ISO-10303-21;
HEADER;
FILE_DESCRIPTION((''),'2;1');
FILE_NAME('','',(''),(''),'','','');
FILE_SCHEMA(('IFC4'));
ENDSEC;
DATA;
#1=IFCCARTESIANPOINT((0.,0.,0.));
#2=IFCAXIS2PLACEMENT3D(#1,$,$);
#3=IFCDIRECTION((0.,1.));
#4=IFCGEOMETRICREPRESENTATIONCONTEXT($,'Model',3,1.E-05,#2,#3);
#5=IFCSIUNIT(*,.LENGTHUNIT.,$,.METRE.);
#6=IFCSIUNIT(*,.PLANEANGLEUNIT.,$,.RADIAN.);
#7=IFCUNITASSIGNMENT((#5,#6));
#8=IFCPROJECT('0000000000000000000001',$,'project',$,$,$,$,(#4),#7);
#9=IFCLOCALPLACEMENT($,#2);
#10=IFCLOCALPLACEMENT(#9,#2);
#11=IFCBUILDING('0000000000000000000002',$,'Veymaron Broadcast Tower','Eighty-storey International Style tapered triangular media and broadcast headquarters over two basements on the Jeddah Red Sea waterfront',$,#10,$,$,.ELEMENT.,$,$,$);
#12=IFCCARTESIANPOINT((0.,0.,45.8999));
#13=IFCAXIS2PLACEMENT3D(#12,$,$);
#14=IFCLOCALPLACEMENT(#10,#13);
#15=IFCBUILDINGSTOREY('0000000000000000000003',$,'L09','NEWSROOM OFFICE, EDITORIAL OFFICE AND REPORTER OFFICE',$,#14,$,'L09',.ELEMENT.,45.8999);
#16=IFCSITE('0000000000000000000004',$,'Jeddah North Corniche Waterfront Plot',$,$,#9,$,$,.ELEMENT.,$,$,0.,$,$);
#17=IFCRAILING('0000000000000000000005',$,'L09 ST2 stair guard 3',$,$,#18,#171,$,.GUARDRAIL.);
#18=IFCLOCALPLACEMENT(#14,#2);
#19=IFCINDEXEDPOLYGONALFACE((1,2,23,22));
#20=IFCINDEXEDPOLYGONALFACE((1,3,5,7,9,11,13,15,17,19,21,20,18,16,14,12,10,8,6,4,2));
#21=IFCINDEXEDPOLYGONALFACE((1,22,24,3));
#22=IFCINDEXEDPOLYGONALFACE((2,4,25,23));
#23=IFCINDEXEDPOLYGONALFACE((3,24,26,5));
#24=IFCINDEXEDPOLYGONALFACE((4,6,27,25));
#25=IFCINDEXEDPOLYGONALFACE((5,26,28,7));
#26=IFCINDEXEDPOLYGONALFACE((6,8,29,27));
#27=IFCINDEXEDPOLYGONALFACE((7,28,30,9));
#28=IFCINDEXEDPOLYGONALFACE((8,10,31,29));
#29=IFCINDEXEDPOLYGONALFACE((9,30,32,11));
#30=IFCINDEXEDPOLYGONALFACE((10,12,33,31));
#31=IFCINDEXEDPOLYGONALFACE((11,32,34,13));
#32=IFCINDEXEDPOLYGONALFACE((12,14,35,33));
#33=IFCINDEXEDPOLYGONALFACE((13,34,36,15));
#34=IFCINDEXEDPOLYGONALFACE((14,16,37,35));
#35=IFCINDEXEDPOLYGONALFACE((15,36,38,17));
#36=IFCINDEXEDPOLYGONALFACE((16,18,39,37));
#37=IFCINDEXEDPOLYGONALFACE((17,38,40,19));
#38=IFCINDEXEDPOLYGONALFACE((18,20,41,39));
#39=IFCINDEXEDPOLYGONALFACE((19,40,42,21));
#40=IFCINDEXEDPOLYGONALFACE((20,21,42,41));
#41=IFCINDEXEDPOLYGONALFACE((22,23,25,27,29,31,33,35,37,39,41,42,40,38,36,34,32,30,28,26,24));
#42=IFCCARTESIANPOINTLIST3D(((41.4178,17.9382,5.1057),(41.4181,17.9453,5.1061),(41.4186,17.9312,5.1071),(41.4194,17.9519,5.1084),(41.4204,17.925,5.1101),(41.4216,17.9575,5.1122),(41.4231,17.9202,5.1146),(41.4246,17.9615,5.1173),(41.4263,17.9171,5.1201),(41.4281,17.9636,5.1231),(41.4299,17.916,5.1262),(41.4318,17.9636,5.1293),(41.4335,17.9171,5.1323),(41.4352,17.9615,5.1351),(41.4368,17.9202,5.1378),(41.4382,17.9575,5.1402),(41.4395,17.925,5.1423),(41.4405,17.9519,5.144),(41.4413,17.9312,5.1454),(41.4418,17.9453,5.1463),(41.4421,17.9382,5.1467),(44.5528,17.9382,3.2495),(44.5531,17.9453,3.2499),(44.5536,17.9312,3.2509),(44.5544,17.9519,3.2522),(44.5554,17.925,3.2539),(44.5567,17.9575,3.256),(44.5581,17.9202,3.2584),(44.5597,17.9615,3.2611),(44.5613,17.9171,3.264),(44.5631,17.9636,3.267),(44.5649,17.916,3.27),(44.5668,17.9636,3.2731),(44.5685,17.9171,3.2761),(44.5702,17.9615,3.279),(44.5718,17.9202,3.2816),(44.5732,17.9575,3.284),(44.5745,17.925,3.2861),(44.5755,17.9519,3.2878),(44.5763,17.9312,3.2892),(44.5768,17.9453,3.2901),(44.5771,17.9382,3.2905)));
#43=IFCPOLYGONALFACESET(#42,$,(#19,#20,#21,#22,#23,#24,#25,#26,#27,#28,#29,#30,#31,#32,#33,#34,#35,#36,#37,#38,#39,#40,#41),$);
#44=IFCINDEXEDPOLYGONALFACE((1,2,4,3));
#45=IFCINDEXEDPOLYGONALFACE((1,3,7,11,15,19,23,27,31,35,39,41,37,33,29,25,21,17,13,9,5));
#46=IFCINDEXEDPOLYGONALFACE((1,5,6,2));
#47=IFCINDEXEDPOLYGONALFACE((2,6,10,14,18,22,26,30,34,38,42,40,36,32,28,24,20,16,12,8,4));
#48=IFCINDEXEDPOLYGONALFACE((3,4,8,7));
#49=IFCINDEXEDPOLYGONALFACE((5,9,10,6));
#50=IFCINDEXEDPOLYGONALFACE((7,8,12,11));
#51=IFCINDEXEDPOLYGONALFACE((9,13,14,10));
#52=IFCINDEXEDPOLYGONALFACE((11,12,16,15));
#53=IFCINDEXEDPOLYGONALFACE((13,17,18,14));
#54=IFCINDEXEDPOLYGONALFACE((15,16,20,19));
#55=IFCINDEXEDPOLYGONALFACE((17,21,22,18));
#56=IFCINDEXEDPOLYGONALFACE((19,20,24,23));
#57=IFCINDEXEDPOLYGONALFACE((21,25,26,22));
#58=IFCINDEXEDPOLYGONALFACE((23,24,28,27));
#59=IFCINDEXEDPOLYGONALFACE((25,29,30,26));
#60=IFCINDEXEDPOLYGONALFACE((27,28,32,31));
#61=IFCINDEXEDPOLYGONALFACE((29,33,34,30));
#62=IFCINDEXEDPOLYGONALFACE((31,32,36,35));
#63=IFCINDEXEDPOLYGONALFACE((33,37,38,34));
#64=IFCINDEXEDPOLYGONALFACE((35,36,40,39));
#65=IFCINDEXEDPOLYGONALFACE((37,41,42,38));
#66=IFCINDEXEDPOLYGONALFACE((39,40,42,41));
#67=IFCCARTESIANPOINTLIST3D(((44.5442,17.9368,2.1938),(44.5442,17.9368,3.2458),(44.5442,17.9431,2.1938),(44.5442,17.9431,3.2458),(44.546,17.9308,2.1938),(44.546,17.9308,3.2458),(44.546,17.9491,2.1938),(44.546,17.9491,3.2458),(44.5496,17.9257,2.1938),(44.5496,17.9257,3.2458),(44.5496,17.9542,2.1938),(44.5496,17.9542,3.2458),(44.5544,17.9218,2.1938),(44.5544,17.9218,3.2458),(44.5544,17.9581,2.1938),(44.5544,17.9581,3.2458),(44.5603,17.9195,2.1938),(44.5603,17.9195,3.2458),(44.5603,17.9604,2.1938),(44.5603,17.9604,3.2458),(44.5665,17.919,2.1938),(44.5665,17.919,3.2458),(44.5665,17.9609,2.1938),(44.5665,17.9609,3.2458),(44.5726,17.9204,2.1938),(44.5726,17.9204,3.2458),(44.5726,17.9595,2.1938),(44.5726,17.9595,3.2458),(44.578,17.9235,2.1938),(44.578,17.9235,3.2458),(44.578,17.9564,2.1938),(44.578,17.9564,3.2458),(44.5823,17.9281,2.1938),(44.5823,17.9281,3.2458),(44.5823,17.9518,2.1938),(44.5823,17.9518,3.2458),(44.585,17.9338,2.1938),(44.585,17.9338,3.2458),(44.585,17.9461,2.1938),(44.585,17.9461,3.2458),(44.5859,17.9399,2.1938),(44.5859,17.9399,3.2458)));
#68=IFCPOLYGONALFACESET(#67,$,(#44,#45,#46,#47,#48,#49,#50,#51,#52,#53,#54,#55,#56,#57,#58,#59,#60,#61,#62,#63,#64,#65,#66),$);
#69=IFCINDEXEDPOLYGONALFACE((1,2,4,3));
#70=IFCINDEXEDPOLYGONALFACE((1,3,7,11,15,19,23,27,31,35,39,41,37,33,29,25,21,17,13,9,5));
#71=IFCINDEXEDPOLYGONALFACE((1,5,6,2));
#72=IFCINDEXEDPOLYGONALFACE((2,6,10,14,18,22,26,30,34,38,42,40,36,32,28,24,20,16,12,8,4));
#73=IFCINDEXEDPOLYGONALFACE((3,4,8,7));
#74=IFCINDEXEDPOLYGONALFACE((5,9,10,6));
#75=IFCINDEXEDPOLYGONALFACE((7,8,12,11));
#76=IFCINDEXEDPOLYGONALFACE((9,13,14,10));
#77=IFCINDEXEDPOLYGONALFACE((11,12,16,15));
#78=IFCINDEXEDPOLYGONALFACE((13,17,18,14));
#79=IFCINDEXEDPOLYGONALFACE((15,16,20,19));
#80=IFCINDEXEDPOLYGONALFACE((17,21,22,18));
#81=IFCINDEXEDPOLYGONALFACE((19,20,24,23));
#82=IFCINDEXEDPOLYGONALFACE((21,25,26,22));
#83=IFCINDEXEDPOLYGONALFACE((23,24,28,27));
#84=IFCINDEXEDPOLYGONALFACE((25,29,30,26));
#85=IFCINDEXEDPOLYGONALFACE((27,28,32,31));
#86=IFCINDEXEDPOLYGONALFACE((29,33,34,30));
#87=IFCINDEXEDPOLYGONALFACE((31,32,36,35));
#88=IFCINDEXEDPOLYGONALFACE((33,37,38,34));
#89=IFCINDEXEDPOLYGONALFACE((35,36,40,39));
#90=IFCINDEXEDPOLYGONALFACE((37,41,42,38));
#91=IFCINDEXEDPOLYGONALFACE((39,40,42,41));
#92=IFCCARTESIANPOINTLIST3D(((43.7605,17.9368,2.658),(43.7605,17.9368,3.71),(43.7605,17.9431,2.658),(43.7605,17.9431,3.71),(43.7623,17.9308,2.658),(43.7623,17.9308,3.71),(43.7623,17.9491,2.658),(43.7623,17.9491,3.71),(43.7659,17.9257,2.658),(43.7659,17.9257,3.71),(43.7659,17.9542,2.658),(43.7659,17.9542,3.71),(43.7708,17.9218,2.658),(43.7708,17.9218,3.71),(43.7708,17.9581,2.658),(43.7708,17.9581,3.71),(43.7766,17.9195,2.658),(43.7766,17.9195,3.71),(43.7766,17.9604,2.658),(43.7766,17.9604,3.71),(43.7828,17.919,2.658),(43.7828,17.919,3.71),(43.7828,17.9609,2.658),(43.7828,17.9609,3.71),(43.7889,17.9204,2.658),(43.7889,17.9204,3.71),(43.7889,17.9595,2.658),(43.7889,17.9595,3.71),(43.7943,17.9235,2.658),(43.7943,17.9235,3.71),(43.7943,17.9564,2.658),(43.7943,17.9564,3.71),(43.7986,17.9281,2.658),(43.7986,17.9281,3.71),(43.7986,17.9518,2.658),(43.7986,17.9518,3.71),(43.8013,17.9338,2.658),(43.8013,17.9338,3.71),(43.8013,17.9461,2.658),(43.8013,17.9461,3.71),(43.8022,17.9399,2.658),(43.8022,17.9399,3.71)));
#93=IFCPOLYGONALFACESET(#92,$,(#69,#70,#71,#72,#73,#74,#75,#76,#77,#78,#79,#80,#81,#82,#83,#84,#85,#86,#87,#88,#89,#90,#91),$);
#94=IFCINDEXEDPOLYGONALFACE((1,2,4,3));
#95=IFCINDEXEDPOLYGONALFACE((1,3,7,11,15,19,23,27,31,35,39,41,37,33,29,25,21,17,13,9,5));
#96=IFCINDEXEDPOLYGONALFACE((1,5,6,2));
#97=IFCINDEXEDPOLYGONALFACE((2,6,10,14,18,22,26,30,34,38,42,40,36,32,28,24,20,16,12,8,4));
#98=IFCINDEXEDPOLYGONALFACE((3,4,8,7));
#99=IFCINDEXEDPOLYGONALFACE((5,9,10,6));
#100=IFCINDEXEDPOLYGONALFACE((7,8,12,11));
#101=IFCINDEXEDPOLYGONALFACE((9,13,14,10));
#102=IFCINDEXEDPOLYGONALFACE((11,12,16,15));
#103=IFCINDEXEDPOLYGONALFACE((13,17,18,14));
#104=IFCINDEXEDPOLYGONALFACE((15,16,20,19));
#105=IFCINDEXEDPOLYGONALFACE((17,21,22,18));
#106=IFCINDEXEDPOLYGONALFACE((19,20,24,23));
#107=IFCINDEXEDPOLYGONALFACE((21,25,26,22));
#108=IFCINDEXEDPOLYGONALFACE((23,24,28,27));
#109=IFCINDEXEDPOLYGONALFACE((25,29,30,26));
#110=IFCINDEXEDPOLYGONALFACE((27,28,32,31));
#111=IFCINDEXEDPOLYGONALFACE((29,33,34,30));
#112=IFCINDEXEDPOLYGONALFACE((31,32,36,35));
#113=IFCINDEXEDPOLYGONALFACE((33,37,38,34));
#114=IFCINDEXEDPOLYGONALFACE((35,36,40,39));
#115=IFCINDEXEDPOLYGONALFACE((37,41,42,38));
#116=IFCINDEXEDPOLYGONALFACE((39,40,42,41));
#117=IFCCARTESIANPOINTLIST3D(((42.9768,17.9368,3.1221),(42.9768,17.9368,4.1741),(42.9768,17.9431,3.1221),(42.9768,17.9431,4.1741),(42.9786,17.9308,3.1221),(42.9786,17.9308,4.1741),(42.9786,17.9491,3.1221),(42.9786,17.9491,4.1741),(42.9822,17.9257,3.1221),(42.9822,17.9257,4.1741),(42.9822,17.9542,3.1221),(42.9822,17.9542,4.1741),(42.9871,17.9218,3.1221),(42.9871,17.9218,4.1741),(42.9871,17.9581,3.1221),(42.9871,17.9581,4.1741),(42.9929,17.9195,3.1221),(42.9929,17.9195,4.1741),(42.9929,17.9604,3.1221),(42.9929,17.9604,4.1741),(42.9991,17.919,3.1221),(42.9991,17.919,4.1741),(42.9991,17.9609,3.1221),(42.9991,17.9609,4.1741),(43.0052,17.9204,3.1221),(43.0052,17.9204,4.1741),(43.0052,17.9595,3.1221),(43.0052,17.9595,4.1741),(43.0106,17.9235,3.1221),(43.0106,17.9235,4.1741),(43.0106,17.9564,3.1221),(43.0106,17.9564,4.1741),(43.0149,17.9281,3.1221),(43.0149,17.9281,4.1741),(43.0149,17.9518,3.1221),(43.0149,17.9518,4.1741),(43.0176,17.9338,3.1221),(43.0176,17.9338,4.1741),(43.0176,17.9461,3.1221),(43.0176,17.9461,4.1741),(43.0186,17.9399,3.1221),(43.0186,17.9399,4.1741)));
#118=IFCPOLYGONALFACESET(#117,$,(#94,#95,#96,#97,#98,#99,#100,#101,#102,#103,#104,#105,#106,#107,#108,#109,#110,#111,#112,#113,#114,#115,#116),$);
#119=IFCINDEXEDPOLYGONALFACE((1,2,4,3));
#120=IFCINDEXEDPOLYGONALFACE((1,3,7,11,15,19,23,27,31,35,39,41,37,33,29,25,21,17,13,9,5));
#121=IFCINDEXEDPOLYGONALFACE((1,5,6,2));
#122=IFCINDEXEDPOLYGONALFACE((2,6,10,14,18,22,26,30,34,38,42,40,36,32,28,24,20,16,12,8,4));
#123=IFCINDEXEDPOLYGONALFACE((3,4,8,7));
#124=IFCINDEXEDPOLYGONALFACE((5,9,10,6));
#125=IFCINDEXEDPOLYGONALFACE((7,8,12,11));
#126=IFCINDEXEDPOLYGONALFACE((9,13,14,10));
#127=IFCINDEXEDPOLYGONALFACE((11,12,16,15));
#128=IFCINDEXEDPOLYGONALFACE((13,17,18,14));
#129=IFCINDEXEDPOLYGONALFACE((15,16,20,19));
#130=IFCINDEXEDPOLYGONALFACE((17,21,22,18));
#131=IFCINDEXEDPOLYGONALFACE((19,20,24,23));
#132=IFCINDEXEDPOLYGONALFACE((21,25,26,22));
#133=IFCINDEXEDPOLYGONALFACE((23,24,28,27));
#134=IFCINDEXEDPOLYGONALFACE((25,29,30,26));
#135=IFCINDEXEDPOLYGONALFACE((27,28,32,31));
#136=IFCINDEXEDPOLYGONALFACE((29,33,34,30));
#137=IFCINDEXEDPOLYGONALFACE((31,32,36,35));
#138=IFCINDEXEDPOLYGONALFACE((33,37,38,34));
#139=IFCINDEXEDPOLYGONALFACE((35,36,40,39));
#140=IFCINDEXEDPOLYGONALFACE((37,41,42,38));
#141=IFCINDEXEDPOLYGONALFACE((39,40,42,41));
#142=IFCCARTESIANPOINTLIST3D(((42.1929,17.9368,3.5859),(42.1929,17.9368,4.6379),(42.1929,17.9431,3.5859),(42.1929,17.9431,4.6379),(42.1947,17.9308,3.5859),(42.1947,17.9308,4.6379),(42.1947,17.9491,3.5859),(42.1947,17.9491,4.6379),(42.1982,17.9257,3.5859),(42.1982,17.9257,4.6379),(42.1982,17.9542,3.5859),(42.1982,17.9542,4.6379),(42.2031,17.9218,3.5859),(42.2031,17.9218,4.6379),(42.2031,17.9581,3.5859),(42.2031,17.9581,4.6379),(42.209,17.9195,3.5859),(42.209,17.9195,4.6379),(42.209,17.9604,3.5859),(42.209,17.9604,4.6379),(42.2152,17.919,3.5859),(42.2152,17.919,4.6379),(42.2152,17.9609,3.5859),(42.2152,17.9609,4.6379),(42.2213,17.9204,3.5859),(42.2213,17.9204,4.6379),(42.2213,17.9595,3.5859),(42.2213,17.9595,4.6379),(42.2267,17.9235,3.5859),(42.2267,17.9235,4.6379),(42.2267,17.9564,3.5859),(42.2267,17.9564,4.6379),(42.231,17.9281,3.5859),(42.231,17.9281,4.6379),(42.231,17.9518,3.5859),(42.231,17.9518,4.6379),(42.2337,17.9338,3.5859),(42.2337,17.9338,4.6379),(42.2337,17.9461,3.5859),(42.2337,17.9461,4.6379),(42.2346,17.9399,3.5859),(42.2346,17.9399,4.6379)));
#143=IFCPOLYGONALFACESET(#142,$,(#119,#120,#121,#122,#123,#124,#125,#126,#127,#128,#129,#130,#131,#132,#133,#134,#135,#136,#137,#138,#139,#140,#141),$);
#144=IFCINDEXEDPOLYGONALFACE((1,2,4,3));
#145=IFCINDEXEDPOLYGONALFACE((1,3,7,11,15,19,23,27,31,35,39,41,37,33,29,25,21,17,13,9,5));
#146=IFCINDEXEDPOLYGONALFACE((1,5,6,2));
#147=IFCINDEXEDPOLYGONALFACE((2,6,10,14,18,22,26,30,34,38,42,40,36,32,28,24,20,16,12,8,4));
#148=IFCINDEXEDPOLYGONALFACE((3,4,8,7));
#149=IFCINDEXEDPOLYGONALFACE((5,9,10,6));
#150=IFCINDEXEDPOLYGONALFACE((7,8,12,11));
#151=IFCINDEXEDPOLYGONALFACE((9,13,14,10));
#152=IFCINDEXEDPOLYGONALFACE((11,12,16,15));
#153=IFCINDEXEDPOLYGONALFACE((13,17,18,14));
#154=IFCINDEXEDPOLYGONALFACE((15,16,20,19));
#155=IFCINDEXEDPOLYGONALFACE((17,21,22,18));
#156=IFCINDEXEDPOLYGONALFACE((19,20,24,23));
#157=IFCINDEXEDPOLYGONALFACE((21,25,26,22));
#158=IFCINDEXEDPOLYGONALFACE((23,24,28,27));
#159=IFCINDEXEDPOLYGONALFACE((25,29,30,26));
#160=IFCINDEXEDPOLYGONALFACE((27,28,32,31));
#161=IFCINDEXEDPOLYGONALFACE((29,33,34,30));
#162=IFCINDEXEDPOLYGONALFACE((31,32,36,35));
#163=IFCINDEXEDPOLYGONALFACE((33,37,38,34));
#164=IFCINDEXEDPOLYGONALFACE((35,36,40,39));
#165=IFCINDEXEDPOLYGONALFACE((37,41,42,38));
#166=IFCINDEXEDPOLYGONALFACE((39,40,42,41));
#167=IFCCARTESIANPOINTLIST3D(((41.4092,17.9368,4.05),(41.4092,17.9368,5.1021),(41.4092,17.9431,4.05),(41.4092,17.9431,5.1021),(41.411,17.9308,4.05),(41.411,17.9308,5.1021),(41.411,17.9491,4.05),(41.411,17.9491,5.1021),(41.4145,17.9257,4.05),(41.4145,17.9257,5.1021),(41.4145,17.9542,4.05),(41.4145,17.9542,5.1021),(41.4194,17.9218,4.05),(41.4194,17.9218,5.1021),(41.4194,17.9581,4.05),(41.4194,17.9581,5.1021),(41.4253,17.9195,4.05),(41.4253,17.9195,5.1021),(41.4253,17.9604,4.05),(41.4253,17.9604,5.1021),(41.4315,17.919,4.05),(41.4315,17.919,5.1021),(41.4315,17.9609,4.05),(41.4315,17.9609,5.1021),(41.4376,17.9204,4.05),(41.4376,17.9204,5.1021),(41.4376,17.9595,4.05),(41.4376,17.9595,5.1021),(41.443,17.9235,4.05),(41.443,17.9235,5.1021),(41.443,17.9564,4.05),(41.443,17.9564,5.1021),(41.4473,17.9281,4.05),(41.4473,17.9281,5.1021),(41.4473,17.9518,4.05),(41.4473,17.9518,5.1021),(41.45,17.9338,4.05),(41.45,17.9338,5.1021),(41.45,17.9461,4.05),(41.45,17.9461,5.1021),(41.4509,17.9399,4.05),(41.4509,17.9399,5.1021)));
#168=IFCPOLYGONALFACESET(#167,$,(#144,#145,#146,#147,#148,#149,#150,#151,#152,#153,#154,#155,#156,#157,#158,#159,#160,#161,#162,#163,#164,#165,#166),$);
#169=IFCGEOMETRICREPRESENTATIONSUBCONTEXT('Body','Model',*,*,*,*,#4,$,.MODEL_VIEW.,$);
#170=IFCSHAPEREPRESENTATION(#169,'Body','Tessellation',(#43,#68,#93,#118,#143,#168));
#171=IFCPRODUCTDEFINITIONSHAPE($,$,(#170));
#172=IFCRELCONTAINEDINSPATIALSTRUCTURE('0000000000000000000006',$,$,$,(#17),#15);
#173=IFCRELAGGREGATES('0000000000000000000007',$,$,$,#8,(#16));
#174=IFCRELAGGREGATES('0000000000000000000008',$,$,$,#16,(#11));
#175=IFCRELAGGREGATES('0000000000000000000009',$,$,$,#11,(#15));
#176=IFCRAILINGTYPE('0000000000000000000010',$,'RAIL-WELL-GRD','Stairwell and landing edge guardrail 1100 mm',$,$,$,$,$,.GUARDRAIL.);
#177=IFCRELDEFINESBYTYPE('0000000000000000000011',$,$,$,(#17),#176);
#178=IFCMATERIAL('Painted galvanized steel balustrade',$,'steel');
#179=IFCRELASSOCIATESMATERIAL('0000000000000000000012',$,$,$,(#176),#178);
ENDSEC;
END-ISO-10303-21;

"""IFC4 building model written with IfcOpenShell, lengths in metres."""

from ifc_helpers import new_model, si_unit, direction, frame, origin, origin_2d, place, context, subcontext, project, spatial, circle, extrude, material, type_object, element, save


model = new_model("IFC4")

# Units and contexts
model_context = context("Model", 3, precision=1e-05, world=origin(), true_north=direction((0.0, 1.0)))
body_context = subcontext(model_context, "Body", "Model", "MODEL_VIEW")
ifc_project = project(units=[si_unit("LENGTHUNIT", "METRE"), si_unit("PLANEANGLEUNIT", "RADIAN")], contexts=[model_context])

# Site, building, storey
site_placement = place(None, origin())
site = spatial("IfcSite", under=ifc_project, at=site_placement, Name="Jeddah North Corniche Waterfront Plot", CompositionType="ELEMENT", RefElevation=0.0)
building_placement = place(site_placement, origin())
building = spatial("IfcBuilding", under=site, at=building_placement, Name="Veymaron Broadcast Tower", Description="Eighty-storey International Style tapered triangular media and broadcast headquarters over two basements on the Jeddah Red Sea waterfront", CompositionType="ELEMENT")
storey_placement = place(building_placement, frame((0.0, 0.0, 45.8999)))
storey = spatial("IfcBuildingStorey", under=building, at=storey_placement, Name="L09", Description="NEWSROOM OFFICE, EDITORIAL OFFICE AND REPORTER OFFICE", LongName="L09", CompositionType="ELEMENT", Elevation=45.8999)

# Railing
ifc_material_1 = material(Name="Painted galvanized steel balustrade", Category="steel")
railing_type_1 = type_object("IfcRailingType", Name="RAIL-WELL-GRD", Description="Stairwell and landing edge guardrail 1100 mm", PredefinedType="GUARDRAIL", material=ifc_material_1)
railing_1_placement = place(storey_placement, frame((44.5649, 17.9399, 2.1938)))
element("IfcRailing", 1, at=railing_1_placement, inside=storey, type_object=railing_type_1, Name="L09 ST2 stair guard 3", PredefinedType="GUARDRAIL", context=body_context, shape_type="SweptSolid", body=[
    extrude(circle(Radius=0.0239, at=origin_2d()), frame((0.0, 0.0, 1.0762), z_axis=(-0.860482, 0.0, 0.509481), x_axis=(0.0, -1.0, 0.0)), (0.0, 0.0, 1.0), 3.6433),
    extrude(circle(Radius=0.021, at=origin_2d()), origin(), (0.0, 0.0, 1.0), 1.052),
    extrude(circle(Radius=0.021, at=origin_2d()), frame((-0.7837, 0.0, 0.4641)), (0.0, 0.0, 1.0), 1.052),
    extrude(circle(Radius=0.021, at=origin_2d()), frame((-1.5674, 0.0, 0.9282)), (0.0, 0.0, 1.0), 1.052),
    extrude(circle(Radius=0.021, at=origin_2d()), frame((-2.3513, 0.0, 1.3921)), (0.0, 0.0, 1.0), 1.052),
    extrude(circle(Radius=0.021, at=origin_2d()), frame((-3.135, 0.0, 1.8562)), (0.0, 0.0, 1.0), 1.052),
])

save(model, "model.ifc")
